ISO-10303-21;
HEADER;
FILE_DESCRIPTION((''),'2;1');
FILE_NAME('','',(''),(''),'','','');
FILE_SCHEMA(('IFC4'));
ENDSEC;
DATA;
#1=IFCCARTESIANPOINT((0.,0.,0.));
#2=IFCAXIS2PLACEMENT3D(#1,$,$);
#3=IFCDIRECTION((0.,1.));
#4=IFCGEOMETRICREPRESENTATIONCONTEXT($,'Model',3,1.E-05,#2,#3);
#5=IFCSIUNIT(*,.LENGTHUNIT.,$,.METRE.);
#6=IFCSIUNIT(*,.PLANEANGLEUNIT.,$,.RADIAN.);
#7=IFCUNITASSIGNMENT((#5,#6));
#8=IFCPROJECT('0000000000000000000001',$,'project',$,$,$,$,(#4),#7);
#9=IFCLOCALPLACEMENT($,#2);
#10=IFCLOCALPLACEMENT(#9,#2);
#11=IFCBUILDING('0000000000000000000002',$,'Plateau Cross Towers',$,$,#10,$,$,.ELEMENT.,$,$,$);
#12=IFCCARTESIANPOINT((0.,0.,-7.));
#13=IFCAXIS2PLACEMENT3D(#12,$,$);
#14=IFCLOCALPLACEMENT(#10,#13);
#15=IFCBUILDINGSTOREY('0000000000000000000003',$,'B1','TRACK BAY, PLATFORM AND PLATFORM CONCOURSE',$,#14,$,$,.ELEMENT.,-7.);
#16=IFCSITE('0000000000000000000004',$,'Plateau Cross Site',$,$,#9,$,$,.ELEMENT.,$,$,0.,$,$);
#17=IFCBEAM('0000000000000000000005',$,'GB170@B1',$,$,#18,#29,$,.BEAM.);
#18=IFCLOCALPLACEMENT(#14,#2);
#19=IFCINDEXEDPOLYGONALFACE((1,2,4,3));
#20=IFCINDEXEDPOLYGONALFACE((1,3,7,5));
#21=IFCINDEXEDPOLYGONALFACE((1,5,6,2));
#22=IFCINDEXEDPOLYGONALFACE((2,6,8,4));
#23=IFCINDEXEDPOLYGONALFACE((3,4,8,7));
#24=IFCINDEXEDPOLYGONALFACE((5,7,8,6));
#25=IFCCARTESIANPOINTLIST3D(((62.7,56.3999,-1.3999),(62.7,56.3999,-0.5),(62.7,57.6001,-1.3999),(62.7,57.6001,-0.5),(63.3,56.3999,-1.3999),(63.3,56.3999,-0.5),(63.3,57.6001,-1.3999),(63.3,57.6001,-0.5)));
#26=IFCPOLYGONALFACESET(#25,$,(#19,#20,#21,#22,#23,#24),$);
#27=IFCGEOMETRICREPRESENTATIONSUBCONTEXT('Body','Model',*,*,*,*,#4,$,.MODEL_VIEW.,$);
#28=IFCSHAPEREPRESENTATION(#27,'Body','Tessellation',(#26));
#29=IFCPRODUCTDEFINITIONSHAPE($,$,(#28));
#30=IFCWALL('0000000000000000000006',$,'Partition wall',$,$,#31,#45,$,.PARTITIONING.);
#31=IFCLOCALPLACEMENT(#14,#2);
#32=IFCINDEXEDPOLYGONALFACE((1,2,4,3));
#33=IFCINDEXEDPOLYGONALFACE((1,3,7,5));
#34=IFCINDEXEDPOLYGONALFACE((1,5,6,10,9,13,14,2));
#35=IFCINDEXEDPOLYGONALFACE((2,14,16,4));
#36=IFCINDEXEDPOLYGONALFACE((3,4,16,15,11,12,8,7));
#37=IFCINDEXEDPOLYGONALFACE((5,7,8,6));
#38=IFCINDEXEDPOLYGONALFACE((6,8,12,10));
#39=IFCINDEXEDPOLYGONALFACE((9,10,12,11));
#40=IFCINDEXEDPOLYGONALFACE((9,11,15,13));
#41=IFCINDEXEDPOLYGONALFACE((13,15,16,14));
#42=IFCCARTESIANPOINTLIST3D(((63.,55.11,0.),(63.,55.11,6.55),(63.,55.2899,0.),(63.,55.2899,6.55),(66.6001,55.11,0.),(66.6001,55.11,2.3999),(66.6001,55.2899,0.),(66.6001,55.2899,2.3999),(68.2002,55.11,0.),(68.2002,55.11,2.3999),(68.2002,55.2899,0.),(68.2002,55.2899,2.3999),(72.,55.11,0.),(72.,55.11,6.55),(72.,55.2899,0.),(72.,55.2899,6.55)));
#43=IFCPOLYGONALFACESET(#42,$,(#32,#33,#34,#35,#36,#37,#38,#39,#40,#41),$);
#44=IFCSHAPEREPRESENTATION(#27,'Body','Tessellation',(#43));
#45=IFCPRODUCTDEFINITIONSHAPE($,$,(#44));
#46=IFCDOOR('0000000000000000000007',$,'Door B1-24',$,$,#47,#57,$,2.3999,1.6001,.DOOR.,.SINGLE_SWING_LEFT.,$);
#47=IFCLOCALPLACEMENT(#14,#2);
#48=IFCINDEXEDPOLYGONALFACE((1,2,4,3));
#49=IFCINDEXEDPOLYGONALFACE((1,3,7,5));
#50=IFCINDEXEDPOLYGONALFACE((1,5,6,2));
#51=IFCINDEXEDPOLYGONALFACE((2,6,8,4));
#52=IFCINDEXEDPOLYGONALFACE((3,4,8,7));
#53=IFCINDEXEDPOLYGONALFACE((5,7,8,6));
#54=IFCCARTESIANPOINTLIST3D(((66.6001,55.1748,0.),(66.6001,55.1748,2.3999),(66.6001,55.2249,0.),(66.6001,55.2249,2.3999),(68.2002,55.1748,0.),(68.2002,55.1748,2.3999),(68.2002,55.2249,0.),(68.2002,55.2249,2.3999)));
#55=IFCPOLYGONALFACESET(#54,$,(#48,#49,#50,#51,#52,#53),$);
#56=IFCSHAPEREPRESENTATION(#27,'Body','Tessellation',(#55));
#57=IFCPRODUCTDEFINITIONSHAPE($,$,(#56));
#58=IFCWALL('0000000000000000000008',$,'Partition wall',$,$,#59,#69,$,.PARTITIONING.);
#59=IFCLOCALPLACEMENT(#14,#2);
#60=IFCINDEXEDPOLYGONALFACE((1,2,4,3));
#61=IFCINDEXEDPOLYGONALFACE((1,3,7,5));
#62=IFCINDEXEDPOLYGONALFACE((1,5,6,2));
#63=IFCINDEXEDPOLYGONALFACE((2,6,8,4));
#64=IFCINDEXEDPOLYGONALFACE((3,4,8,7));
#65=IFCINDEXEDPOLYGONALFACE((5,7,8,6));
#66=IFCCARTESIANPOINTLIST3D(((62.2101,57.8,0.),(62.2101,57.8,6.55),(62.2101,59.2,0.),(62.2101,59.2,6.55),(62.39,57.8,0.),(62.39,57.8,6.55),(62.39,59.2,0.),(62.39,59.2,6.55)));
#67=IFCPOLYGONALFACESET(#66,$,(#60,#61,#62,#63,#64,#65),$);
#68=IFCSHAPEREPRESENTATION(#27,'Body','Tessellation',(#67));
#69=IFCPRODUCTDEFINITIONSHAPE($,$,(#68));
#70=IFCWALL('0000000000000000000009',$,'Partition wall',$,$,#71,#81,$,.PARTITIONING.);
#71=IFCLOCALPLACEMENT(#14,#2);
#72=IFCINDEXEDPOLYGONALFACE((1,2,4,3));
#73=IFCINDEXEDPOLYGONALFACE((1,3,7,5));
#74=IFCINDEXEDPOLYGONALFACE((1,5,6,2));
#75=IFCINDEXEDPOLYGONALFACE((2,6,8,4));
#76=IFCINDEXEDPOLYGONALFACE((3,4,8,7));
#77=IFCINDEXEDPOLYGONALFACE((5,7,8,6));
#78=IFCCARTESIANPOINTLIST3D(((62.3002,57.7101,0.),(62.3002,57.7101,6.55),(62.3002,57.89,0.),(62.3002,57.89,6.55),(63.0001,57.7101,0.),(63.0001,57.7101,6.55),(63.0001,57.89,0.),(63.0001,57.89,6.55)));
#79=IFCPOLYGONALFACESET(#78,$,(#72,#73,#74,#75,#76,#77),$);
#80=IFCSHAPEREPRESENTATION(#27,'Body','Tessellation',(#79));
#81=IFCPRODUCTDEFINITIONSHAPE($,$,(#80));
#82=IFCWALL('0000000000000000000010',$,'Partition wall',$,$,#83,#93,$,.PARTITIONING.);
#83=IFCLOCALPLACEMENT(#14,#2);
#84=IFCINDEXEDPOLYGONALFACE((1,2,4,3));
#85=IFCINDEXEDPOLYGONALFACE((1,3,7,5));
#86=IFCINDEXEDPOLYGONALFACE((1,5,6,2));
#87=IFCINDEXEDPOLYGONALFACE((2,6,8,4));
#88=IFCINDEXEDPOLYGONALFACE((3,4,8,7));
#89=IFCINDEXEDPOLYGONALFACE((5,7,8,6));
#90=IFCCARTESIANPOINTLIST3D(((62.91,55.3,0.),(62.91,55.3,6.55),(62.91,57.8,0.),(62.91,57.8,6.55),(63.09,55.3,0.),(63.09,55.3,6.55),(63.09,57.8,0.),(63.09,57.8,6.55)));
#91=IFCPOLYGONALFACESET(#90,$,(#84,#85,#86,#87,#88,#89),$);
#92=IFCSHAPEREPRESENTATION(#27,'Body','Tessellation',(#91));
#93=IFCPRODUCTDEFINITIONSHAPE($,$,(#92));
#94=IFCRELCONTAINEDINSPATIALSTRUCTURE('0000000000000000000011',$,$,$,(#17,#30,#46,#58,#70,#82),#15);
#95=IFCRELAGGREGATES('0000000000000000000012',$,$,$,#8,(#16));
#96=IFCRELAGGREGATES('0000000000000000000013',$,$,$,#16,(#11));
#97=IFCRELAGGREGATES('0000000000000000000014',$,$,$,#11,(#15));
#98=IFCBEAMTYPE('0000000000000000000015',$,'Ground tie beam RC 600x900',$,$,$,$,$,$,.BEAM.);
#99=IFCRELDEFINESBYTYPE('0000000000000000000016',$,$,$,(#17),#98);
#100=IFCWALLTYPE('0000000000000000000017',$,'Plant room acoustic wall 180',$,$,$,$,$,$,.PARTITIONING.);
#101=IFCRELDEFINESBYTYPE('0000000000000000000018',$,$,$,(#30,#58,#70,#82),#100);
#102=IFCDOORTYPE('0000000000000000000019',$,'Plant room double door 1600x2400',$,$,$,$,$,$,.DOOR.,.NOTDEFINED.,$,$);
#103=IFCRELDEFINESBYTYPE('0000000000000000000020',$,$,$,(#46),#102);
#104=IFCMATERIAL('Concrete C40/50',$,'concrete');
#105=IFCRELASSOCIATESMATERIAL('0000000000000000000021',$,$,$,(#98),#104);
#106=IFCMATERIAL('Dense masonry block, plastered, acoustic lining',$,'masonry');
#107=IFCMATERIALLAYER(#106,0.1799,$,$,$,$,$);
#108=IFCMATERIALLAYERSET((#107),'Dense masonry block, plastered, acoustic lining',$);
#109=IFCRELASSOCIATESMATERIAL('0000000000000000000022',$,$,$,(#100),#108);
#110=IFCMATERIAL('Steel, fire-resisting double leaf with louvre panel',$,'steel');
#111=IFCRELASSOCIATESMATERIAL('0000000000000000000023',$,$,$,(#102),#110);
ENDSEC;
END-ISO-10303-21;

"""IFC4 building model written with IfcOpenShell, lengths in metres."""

from ifc_helpers import new_model, si_unit, direction, frame, frame_2d, origin, origin_2d, place, context, subcontext, project, spatial, rectangle, extrude, material, layer, layer_set, material_profile, profile_set, type_object, element, fill, save


model = new_model("IFC4")

# Units and contexts
model_context = context("Model", 3, precision=1e-05, world=origin(), true_north=direction((0.0, 1.0)))
body_context = subcontext(model_context, "Body", "Model", "MODEL_VIEW")
ifc_project = project(units=[si_unit("LENGTHUNIT", "METRE"), si_unit("PLANEANGLEUNIT", "RADIAN")], contexts=[model_context])

# Site, building, storey
site_placement = place(None, origin())
site = spatial("IfcSite", under=ifc_project, at=site_placement, Name="Plateau Cross Site", CompositionType="ELEMENT", RefElevation=0.0)
building_placement = place(site_placement, origin())
building = spatial("IfcBuilding", under=site, at=building_placement, Name="Plateau Cross Towers", CompositionType="ELEMENT")
storey_placement = place(building_placement, frame((0.0, 0.0, -7.0)))
storey = spatial("IfcBuildingStorey", under=building, at=storey_placement, Name="B1", Description="TRACK BAY, PLATFORM AND PLATFORM CONCOURSE", CompositionType="ELEMENT", Elevation=-7.0)

# Shared definitions
ifc_material_1 = material(Name="Concrete C40/50", Category="concrete")

# Beam
ifc_material_profile_1 = material_profile(ifc_material_1, rectangle(XDim=0.6001, YDim=0.8999, at=origin_2d()), Name="RC 600x900")
ifc_profile_set_1 = profile_set([ifc_material_profile_1], Name="Concrete C40/50")
beam_type = type_object("IfcBeamType", Name="Ground tie beam RC 600x900", PredefinedType="BEAM", material=ifc_profile_set_1)
beam_1_placement = place(storey_placement, frame((63.0, 56.3999, -0.95), z_axis=(0.0, 1.0, 0.0), x_axis=(-1.0, 0.0, 0.0)))
element("IfcBeam", 1, at=beam_1_placement, inside=storey, type_object=beam_type, Name="GB170@B1", PredefinedType="BEAM", context=body_context, shape_type="SweptSolid", body=[
    extrude(rectangle(XDim=0.6001, YDim=0.8999, at=origin_2d()), origin(), (0.0, 0.0, 1.0), 1.2002),
])

# Wall, opening, door
ifc_material_2 = material(Name="Dense masonry block, plastered, acoustic lining", Category="masonry")
ifc_layer = layer(ifc_material_2, 0.1799)
ifc_layer_set = layer_set([ifc_layer], Name="Dense masonry block, plastered, acoustic lining")
wall_type = type_object("IfcWallType", Name="Plant room acoustic wall 180", PredefinedType="PARTITIONING", material=ifc_layer_set)
wall_1_placement = place(storey_placement, frame((63.0, 55.2, 0.0), z_axis=(0.0, 0.0, 1.0), x_axis=(1.0, 0.0, 0.0)))
wall_1 = element("IfcWall", 2, at=wall_1_placement, inside=storey, type_object=wall_type, Name="Partition wall", PredefinedType="PARTITIONING", context=body_context, shape_type="SweptSolid", body=[
    extrude(rectangle(XDim=9.0, YDim=0.1799, at=frame_2d((4.5, 0.0))), origin(), (0.0, 0.0, 1.0), 6.55),
])
opening_placement = place(wall_1_placement, frame((3.6001, 0.0, 0.0)))
opening = element("IfcOpeningElement", 3, at=opening_placement, cuts=wall_1, PredefinedType="OPENING", context=body_context, shape_type="SweptSolid", body=[
    extrude(rectangle(XDim=1.6001, YDim=2.3999, at=frame_2d((0.8, 1.2))), frame((0.0, 0.0999, 0.0), z_axis=(0.0, -1.0, 0.0), x_axis=(1.0, 0.0, 0.0)), (0.0, 0.0, 1.0), 0.2),
])
ifc_material_3 = material(Name="Steel, fire-resisting double leaf with louvre panel", Category="steel")
door_type = type_object("IfcDoorType", Name="Plant room double door 1600x2400", OperationType="NOTDEFINED", PredefinedType="DOOR", material=ifc_material_3)
door_placement = place(opening_placement, origin())
door = element("IfcDoor", 4, at=door_placement, inside=storey, type_object=door_type, Name="Door B1-24", OperationType="SINGLE_SWING_LEFT", OverallHeight=2.3999, OverallWidth=1.6001, PredefinedType="DOOR", context=body_context, shape_type="SweptSolid", body=[
    extrude(rectangle(XDim=1.6001, YDim=2.3999, at=frame_2d((0.8, 1.2))), frame((0.0, 0.0249, 0.0), z_axis=(0.0, -1.0, 0.0), x_axis=(1.0, 0.0, 0.0)), (0.0, 0.0, 1.0), 0.05),
])
fill(opening, door)

# Walls
wall_2_placement = place(storey_placement, frame((62.3, 59.2, 0.0), z_axis=(0.0, 0.0, 1.0), x_axis=(0.0, -1.0, 0.0)))
element("IfcWall", 5, at=wall_2_placement, inside=storey, type_object=wall_type, Name="Partition wall", PredefinedType="PARTITIONING", context=body_context, shape_type="SweptSolid", body=[
    extrude(rectangle(XDim=1.3999, YDim=0.1799, at=frame_2d((0.7, 0.0))), origin(), (0.0, 0.0, 1.0), 6.55),
])
wall_3_placement = place(storey_placement, frame((62.3, 57.8, 0.0), z_axis=(0.0, 0.0, 1.0), x_axis=(1.0, 0.0, 0.0)))
element("IfcWall", 6, at=wall_3_placement, inside=storey, type_object=wall_type, Name="Partition wall", PredefinedType="PARTITIONING", context=body_context, shape_type="SweptSolid", body=[
    extrude(rectangle(XDim=0.7, YDim=0.1799, at=frame_2d((0.3501, 0.0))), origin(), (0.0, 0.0, 1.0), 6.55),
])
wall_4_placement = place(storey_placement, frame((63.0, 57.8, 0.0), z_axis=(0.0, 0.0, 1.0), x_axis=(0.0, -1.0, 0.0)))
element("IfcWall", 7, at=wall_4_placement, inside=storey, type_object=wall_type, Name="Partition wall", PredefinedType="PARTITIONING", context=body_context, shape_type="SweptSolid", body=[
    extrude(rectangle(XDim=2.5, YDim=0.1799, at=frame_2d((1.25, 0.0))), origin(), (0.0, 0.0, 1.0), 6.55),
])

save(model, "model.ifc")
